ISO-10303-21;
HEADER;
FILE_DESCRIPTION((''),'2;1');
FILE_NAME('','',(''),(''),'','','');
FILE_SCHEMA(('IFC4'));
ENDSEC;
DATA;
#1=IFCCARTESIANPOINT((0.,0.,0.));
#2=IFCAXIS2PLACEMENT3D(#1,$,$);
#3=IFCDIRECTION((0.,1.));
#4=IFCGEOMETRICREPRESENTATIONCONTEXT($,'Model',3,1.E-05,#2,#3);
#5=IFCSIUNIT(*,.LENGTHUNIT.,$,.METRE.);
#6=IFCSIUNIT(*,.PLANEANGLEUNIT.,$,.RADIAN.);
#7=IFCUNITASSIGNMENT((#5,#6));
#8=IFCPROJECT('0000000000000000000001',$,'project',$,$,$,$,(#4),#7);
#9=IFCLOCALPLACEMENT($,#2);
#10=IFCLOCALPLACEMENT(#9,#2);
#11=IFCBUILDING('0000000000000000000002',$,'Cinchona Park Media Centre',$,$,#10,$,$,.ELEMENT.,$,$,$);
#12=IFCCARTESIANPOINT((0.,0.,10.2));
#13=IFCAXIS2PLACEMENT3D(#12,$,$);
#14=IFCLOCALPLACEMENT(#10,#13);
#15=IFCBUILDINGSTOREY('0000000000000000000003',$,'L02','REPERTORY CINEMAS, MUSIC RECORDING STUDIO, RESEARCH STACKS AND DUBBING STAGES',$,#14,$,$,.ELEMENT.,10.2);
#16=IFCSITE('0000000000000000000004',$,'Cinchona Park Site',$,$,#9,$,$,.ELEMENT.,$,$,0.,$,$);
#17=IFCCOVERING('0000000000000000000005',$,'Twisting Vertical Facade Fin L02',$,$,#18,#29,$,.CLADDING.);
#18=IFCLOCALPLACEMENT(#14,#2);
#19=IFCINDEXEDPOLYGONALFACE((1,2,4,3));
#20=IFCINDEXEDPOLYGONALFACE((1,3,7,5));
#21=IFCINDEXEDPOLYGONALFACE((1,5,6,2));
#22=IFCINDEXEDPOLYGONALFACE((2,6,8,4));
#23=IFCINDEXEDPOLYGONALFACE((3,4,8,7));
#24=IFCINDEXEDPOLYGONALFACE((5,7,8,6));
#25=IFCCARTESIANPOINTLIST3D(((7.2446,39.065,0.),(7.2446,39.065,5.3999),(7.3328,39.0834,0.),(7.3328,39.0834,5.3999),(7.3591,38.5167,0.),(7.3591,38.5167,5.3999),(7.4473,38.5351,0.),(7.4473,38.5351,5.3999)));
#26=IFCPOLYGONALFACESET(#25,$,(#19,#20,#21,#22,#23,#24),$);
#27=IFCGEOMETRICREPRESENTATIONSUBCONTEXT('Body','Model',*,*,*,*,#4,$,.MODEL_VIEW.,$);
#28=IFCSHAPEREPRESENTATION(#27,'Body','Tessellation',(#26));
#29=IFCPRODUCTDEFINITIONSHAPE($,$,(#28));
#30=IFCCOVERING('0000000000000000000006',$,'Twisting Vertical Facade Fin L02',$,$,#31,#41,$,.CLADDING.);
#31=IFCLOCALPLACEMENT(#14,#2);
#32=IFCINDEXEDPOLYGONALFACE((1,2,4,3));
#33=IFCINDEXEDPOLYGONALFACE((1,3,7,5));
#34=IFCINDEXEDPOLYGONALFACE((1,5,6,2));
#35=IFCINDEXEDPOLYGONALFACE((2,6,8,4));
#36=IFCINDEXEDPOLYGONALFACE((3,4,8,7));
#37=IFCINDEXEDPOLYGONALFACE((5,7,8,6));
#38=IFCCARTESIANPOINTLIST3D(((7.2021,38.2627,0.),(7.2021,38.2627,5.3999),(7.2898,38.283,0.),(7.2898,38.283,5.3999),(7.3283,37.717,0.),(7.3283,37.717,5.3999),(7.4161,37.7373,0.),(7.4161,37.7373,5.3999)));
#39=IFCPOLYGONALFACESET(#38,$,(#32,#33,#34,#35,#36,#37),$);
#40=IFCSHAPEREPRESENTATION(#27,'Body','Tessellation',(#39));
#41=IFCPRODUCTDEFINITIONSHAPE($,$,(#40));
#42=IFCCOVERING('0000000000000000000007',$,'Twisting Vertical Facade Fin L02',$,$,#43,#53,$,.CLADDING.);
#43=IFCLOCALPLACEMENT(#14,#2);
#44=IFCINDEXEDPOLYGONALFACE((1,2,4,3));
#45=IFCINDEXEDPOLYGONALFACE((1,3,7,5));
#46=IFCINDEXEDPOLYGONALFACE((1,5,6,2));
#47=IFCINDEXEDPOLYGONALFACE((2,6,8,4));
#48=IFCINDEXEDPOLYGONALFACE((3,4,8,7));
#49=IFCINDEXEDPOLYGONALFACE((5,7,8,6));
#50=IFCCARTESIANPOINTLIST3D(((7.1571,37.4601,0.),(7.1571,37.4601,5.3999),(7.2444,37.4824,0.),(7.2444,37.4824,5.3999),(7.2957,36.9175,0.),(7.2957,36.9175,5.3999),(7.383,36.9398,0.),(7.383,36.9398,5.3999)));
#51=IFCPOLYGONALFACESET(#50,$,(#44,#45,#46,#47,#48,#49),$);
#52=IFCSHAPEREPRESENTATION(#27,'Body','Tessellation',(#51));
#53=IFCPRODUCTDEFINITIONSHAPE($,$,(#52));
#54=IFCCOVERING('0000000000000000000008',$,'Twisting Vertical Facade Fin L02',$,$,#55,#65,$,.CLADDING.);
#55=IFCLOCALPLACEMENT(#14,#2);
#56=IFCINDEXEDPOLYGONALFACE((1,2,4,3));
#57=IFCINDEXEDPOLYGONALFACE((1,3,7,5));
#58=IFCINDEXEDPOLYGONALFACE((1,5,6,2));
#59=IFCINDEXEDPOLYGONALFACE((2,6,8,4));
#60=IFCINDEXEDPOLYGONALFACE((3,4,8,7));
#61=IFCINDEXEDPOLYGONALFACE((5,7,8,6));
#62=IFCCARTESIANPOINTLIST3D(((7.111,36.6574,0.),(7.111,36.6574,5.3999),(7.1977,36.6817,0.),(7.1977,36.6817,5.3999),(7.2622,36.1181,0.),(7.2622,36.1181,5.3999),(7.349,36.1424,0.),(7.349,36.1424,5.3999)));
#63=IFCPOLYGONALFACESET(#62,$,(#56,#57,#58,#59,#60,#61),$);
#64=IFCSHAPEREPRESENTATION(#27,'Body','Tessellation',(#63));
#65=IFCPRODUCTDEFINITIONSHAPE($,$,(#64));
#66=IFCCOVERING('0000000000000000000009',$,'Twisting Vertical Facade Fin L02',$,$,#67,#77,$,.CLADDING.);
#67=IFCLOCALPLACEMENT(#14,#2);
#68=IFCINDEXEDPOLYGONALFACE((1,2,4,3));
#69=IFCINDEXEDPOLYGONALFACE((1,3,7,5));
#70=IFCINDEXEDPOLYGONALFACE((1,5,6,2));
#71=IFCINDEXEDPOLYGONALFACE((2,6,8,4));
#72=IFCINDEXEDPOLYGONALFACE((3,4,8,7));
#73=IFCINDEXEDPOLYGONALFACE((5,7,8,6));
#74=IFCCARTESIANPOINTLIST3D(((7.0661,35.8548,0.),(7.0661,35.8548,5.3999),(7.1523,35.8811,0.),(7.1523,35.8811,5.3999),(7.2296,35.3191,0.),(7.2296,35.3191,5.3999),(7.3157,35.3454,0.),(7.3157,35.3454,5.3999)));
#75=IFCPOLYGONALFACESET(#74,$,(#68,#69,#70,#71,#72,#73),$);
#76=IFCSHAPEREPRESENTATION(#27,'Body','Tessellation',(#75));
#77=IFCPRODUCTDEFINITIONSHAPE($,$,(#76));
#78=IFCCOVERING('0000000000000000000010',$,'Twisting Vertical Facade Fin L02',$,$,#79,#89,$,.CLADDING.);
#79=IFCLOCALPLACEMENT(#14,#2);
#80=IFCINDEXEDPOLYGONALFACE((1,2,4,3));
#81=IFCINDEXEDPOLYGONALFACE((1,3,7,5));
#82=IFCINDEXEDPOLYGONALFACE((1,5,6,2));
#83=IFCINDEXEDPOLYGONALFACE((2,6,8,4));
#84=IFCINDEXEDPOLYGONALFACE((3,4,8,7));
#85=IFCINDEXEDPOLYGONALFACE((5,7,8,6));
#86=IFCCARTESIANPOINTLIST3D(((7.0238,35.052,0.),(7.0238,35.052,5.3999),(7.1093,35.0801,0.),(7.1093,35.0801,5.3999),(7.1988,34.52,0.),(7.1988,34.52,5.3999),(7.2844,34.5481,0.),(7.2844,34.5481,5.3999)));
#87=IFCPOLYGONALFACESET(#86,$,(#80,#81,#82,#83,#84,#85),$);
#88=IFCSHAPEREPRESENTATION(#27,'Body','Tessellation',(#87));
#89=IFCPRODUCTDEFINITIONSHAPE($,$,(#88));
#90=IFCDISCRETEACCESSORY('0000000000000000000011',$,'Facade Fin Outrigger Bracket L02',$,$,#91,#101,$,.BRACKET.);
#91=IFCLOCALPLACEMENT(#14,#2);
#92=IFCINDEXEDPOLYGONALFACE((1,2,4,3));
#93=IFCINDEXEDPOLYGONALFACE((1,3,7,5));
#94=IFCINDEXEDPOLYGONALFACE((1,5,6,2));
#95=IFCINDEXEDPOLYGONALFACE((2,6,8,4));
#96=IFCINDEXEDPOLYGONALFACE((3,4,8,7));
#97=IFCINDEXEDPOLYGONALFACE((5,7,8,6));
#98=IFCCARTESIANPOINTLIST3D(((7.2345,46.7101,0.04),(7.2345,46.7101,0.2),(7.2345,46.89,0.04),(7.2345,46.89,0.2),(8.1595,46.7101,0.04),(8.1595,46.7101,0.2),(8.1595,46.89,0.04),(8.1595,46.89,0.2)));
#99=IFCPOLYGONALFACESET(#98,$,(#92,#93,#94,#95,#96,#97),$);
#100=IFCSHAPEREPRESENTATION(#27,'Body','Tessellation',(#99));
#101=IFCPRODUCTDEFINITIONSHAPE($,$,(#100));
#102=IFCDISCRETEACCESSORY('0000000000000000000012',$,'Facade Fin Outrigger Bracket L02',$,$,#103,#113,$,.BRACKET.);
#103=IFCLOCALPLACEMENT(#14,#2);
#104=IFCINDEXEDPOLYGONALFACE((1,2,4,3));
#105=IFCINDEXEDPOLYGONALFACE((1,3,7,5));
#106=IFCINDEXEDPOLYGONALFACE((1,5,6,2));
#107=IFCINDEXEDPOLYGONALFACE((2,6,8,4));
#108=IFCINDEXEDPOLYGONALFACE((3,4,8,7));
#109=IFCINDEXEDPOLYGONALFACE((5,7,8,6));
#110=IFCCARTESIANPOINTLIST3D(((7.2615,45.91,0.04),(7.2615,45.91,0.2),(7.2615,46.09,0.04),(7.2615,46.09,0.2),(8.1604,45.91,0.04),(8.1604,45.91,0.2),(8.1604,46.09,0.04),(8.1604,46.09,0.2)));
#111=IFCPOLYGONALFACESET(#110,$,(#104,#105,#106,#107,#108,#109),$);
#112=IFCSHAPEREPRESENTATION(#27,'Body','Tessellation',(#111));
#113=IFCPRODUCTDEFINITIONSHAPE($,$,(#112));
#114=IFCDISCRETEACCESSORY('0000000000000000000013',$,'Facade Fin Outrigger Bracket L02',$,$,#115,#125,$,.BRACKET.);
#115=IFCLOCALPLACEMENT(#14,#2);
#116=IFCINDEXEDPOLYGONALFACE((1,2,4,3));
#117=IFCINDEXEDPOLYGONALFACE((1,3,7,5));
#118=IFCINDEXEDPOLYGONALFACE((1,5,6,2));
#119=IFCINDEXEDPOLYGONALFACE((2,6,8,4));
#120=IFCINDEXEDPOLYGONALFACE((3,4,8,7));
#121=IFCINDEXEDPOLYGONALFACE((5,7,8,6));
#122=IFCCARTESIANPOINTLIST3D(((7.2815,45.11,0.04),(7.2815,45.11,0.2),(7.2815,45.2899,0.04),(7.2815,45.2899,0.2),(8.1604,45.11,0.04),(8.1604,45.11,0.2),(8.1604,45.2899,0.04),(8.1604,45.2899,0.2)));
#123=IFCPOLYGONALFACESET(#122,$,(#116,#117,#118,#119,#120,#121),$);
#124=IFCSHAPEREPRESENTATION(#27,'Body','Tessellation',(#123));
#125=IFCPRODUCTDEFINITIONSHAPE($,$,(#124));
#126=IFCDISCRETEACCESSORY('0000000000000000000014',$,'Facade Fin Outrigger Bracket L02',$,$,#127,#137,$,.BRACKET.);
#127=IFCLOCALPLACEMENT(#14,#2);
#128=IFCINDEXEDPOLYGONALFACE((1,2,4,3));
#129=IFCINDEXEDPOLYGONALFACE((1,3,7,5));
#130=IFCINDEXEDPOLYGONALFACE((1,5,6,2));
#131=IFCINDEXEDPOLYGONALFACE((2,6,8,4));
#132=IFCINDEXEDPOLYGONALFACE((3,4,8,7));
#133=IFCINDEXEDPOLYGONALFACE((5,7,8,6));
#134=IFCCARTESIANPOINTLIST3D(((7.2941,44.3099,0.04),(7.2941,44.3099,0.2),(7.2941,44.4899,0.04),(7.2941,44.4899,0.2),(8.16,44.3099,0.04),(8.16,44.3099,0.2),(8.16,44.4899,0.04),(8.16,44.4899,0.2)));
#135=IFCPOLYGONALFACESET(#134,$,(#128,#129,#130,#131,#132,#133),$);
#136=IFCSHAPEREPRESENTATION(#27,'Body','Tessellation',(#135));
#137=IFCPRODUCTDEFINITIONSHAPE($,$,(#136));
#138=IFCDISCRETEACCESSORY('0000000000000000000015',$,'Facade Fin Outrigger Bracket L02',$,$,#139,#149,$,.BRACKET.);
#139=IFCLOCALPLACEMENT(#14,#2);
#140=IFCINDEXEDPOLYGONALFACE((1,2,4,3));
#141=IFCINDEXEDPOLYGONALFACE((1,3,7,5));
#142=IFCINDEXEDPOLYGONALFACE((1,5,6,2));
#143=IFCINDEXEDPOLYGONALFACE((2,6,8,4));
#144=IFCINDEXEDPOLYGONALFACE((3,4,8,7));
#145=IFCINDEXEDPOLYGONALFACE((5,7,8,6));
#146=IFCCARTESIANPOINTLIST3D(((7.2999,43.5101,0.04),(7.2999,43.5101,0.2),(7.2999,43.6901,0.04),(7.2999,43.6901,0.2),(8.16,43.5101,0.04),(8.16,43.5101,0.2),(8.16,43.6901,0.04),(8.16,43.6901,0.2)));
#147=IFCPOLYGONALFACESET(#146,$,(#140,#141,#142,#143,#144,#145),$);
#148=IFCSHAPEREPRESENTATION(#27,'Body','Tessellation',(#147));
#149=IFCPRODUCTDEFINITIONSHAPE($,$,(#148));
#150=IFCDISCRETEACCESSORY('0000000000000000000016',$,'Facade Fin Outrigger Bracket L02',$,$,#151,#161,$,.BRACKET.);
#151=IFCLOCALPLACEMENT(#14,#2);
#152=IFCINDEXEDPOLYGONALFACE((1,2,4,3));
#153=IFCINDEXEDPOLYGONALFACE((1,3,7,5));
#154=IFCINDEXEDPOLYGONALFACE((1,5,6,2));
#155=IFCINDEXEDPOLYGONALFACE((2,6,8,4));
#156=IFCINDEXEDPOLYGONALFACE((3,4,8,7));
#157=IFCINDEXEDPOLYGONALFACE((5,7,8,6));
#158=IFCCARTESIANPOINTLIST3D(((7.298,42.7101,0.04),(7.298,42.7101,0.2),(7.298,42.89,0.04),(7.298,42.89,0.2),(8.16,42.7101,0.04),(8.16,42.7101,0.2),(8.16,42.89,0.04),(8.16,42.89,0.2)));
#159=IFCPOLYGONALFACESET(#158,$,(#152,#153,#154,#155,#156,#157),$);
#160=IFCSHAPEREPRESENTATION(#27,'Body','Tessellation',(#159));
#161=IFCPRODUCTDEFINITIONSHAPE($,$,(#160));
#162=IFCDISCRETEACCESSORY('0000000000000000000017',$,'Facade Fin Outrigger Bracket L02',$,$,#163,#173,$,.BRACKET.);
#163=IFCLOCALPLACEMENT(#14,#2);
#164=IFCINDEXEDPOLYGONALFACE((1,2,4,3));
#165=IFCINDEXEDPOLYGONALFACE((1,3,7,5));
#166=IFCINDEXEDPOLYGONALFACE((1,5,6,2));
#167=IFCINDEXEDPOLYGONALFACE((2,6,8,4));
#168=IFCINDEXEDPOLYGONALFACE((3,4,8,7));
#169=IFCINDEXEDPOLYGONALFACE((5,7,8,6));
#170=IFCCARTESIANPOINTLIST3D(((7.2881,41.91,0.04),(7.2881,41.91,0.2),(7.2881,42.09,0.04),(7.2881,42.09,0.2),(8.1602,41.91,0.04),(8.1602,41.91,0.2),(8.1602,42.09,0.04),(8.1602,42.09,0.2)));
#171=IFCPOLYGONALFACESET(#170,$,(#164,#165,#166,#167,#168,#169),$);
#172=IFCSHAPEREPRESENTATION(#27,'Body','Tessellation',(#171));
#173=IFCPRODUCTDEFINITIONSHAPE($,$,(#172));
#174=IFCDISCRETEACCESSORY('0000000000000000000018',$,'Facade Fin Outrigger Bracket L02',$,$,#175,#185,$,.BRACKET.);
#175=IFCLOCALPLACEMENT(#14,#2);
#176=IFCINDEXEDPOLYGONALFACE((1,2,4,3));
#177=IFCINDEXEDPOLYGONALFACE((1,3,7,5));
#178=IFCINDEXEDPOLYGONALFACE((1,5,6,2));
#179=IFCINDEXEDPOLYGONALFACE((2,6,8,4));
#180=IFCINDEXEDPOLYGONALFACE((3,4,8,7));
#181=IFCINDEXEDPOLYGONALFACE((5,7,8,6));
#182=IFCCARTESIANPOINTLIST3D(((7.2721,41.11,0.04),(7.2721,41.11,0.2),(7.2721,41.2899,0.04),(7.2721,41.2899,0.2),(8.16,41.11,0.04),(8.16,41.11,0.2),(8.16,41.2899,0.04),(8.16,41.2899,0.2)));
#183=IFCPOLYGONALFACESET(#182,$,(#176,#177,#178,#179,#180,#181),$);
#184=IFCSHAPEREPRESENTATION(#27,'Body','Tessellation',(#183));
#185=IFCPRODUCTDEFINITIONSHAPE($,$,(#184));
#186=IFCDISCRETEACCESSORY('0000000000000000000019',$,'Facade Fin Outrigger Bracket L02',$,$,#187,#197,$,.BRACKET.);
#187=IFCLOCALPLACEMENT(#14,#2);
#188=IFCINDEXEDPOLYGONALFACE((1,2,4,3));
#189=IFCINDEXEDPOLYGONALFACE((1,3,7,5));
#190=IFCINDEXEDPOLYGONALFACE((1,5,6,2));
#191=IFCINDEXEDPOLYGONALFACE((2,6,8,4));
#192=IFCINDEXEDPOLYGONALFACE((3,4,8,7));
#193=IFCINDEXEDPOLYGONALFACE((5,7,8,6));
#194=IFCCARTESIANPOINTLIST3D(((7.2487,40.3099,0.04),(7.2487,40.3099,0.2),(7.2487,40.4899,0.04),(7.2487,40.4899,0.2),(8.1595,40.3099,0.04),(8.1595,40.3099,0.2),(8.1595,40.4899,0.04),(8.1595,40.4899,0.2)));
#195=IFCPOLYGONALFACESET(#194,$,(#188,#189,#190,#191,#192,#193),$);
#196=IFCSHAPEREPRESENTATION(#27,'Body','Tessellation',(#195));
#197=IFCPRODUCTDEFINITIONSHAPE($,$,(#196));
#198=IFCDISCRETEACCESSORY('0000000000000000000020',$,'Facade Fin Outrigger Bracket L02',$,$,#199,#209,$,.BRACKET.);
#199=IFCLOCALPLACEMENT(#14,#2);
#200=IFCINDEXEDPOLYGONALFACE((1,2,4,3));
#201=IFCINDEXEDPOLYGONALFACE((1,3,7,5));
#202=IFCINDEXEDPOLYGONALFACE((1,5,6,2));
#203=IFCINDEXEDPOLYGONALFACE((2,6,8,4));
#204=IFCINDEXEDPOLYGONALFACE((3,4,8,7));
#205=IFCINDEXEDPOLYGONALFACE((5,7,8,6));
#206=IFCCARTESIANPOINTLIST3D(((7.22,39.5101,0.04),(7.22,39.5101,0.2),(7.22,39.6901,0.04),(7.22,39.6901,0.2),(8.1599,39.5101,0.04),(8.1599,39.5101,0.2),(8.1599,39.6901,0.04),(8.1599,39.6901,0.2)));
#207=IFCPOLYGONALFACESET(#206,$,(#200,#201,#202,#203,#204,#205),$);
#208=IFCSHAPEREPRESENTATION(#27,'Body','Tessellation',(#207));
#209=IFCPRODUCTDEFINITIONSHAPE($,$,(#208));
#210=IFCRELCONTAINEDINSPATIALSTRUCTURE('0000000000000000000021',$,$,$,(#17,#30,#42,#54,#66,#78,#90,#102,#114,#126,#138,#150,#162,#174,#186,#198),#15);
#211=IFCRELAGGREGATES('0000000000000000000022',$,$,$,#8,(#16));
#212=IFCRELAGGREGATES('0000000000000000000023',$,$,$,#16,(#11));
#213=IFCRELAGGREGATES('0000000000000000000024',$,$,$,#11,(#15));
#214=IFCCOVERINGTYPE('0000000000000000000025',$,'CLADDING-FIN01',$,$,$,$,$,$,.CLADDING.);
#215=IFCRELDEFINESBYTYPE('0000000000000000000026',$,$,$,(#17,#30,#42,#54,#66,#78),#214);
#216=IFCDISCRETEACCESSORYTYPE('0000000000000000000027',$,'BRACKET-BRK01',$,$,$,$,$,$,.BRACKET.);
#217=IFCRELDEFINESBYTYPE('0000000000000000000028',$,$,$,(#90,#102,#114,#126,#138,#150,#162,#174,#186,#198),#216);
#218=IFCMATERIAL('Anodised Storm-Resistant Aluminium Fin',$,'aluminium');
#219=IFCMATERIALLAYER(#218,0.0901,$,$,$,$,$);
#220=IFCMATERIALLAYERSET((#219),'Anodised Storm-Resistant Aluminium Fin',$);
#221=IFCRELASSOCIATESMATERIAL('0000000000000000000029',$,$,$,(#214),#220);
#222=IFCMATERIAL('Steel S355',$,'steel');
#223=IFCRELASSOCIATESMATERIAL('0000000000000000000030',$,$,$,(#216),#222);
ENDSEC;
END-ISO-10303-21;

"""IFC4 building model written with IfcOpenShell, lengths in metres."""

from ifc_helpers import new_model, si_unit, direction, frame, origin, origin_2d, place, context, subcontext, project, spatial, rectangle, extrude, material, layer, layer_set, type_object, element, save


model = new_model("IFC4")

# Units and contexts
model_context = context("Model", 3, precision=1e-05, world=origin(), true_north=direction((0.0, 1.0)))
body_context = subcontext(model_context, "Body", "Model", "MODEL_VIEW")
ifc_project = project(units=[si_unit("LENGTHUNIT", "METRE"), si_unit("PLANEANGLEUNIT", "RADIAN")], contexts=[model_context])

# Site, building, storey
site_placement = place(None, origin())
site = spatial("IfcSite", under=ifc_project, at=site_placement, Name="Cinchona Park Site", CompositionType="ELEMENT", RefElevation=0.0)
building_placement = place(site_placement, origin())
building = spatial("IfcBuilding", under=site, at=building_placement, Name="Cinchona Park Media Centre", CompositionType="ELEMENT")
storey_placement = place(building_placement, frame((0.0, 0.0, 10.2)))
storey = spatial("IfcBuildingStorey", under=building, at=storey_placement, Name="L02", Description="REPERTORY CINEMAS, MUSIC RECORDING STUDIO, RESEARCH STACKS AND DUBBING STAGES", CompositionType="ELEMENT", Elevation=10.2)

# Coverings
ifc_material_1 = material(Name="Anodised Storm-Resistant Aluminium Fin", Category="aluminium")
ifc_layer_1 = layer(ifc_material_1, 0.0901)
ifc_layer_set_1 = layer_set([ifc_layer_1], Name="Anodised Storm-Resistant Aluminium Fin")
covering_type = type_object("IfcCoveringType", Name="CLADDING-FIN01", PredefinedType="CLADDING", material=ifc_layer_set_1)
for number, where, z_axis, x_axis, name in (
    (1, (7.3459, 38.8, 0.0), (0.0, 0.0, 1.0), (0.204325, -0.978903, 0.0), "Twisting Vertical Facade Fin L02"),
    (2, (7.3091, 38.0, 0.0), (0.0, 0.0, 1.0), (0.225461, -0.974252, 0.0), "Twisting Vertical Facade Fin L02"),
    (3, (7.27, 37.2, 0.0), (0.0, 0.0, 1.0), (0.247506, -0.968886, 0.0), "Twisting Vertical Facade Fin L02"),
    (4, (7.23, 36.3999, 0.0), (0.0, 0.0, 1.0), (0.270096, -0.962833, 0.0), "Twisting Vertical Facade Fin L02"),
    (5, (7.1909, 35.6001, 0.0), (0.0, 0.0, 1.0), (0.291871, -0.956458, 0.0), "Twisting Vertical Facade Fin L02"),
    (6, (7.1541, 34.8, 0.0), (0.0, 0.0, 1.0), (0.312501, -0.949918, 0.0), "Twisting Vertical Facade Fin L02"),
):
    element("IfcCovering", number, at=place(storey_placement, frame(where, z_axis=z_axis, x_axis=x_axis)), inside=storey, type_object=covering_type, Name=name, PredefinedType="CLADDING", context=body_context, shape_type="SweptSolid", body=[
        extrude(rectangle(XDim=0.5601, YDim=0.0901, at=origin_2d()), origin(), (0.0, 0.0, 1.0), 5.3999),
    ])

# Discrete accessories
ifc_material_2 = material(Name="Steel S355", Category="steel")
discrete_accessory_type = type_object("IfcDiscreteAccessoryType", Name="BRACKET-BRK01", PredefinedType="BRACKET", material=ifc_material_2)
discrete_accessory_1_placement = place(storey_placement, frame((7.697, 46.8, 0.04), z_axis=(0.0, 0.0, 1.0), x_axis=(0.0, -1.0, 0.0)))
element("IfcDiscreteAccessory", 7, at=discrete_accessory_1_placement, inside=storey, type_object=discrete_accessory_type, Name="Facade Fin Outrigger Bracket L02", PredefinedType="BRACKET", context=body_context, shape_type="SweptSolid", body=[
    extrude(rectangle(XDim=0.1799, YDim=0.925, at=origin_2d()), origin(), (0.0, 0.0, 1.0), 0.1599),
])
discrete_accessory_2_placement = place(storey_placement, frame((7.7109, 46.0, 0.04), z_axis=(0.0, 0.0, 1.0), x_axis=(0.0, -1.0, 0.0)))
element("IfcDiscreteAccessory", 8, at=discrete_accessory_2_placement, inside=storey, type_object=discrete_accessory_type, Name="Facade Fin Outrigger Bracket L02", PredefinedType="BRACKET", context=body_context, shape_type="SweptSolid", body=[
    extrude(rectangle(XDim=0.1799, YDim=0.8989, at=origin_2d()), origin(), (0.0, 0.0, 1.0), 0.1599),
])
discrete_accessory_3_placement = place(storey_placement, frame((7.7209, 45.2, 0.04), z_axis=(0.0, 0.0, 1.0), x_axis=(0.0, -1.0, 0.0)))
element("IfcDiscreteAccessory", 9, at=discrete_accessory_3_placement, inside=storey, type_object=discrete_accessory_type, Name="Facade Fin Outrigger Bracket L02", PredefinedType="BRACKET", context=body_context, shape_type="SweptSolid", body=[
    extrude(rectangle(XDim=0.1799, YDim=0.8789, at=origin_2d()), origin(), (0.0, 0.0, 1.0), 0.1599),
])
discrete_accessory_4_placement = place(storey_placement, frame((7.7271, 44.3999, 0.04), z_axis=(0.0, 0.0, 1.0), x_axis=(0.0, -1.0, 0.0)))
element("IfcDiscreteAccessory", 10, at=discrete_accessory_4_placement, inside=storey, type_object=discrete_accessory_type, Name="Facade Fin Outrigger Bracket L02", PredefinedType="BRACKET", context=body_context, shape_type="SweptSolid", body=[
    extrude(rectangle(XDim=0.1799, YDim=0.866, at=origin_2d()), origin(), (0.0, 0.0, 1.0), 0.1599),
])
discrete_accessory_5_placement = place(storey_placement, frame((7.73, 43.6001, 0.04), z_axis=(0.0, 0.0, 1.0), x_axis=(0.0, -1.0, 0.0)))
element("IfcDiscreteAccessory", 11, at=discrete_accessory_5_placement, inside=storey, type_object=discrete_accessory_type, Name="Facade Fin Outrigger Bracket L02", PredefinedType="BRACKET", context=body_context, shape_type="SweptSolid", body=[
    extrude(rectangle(XDim=0.1799, YDim=0.8601, at=origin_2d()), origin(), (0.0, 0.0, 1.0), 0.1599),
])
discrete_accessory_6_placement = place(storey_placement, frame((7.729, 42.8, 0.04), z_axis=(0.0, 0.0, 1.0), x_axis=(0.0, -1.0, 0.0)))
element("IfcDiscreteAccessory", 12, at=discrete_accessory_6_placement, inside=storey, type_object=discrete_accessory_type, Name="Facade Fin Outrigger Bracket L02", PredefinedType="BRACKET", context=body_context, shape_type="SweptSolid", body=[
    extrude(rectangle(XDim=0.1799, YDim=0.8621, at=origin_2d()), origin(), (0.0, 0.0, 1.0), 0.1599),
])
discrete_accessory_7_placement = place(storey_placement, frame((7.7241, 42.0, 0.04), z_axis=(0.0, 0.0, 1.0), x_axis=(0.0, -1.0, 0.0)))
element("IfcDiscreteAccessory", 13, at=discrete_accessory_7_placement, inside=storey, type_object=discrete_accessory_type, Name="Facade Fin Outrigger Bracket L02", PredefinedType="BRACKET", context=body_context, shape_type="SweptSolid", body=[
    extrude(rectangle(XDim=0.1799, YDim=0.8721, at=origin_2d()), origin(), (0.0, 0.0, 1.0), 0.1599),
])
discrete_accessory_8_placement = place(storey_placement, frame((7.7161, 41.2, 0.04), z_axis=(0.0, 0.0, 1.0), x_axis=(0.0, -1.0, 0.0)))
element("IfcDiscreteAccessory", 14, at=discrete_accessory_8_placement, inside=storey, type_object=discrete_accessory_type, Name="Facade Fin Outrigger Bracket L02", PredefinedType="BRACKET", context=body_context, shape_type="SweptSolid", body=[
    extrude(rectangle(XDim=0.1799, YDim=0.8879, at=origin_2d()), origin(), (0.0, 0.0, 1.0), 0.1599),
])
discrete_accessory_9_placement = place(storey_placement, frame((7.7041, 40.3999, 0.04), z_axis=(0.0, 0.0, 1.0), x_axis=(0.0, -1.0, 0.0)))
element("IfcDiscreteAccessory", 15, at=discrete_accessory_9_placement, inside=storey, type_object=discrete_accessory_type, Name="Facade Fin Outrigger Bracket L02", PredefinedType="BRACKET", context=body_context, shape_type="SweptSolid", body=[
    extrude(rectangle(XDim=0.1799, YDim=0.9109, at=origin_2d()), origin(), (0.0, 0.0, 1.0), 0.1599),
])
discrete_accessory_10_placement = place(storey_placement, frame((7.6899, 39.6001, 0.04), z_axis=(0.0, 0.0, 1.0), x_axis=(0.0, -1.0, 0.0)))
element("IfcDiscreteAccessory", 16, at=discrete_accessory_10_placement, inside=storey, type_object=discrete_accessory_type, Name="Facade Fin Outrigger Bracket L02", PredefinedType="BRACKET", context=body_context, shape_type="SweptSolid", body=[
    extrude(rectangle(XDim=0.1799, YDim=0.9399, at=origin_2d()), origin(), (0.0, 0.0, 1.0), 0.1599),
])

save(model, "model.ifc")
